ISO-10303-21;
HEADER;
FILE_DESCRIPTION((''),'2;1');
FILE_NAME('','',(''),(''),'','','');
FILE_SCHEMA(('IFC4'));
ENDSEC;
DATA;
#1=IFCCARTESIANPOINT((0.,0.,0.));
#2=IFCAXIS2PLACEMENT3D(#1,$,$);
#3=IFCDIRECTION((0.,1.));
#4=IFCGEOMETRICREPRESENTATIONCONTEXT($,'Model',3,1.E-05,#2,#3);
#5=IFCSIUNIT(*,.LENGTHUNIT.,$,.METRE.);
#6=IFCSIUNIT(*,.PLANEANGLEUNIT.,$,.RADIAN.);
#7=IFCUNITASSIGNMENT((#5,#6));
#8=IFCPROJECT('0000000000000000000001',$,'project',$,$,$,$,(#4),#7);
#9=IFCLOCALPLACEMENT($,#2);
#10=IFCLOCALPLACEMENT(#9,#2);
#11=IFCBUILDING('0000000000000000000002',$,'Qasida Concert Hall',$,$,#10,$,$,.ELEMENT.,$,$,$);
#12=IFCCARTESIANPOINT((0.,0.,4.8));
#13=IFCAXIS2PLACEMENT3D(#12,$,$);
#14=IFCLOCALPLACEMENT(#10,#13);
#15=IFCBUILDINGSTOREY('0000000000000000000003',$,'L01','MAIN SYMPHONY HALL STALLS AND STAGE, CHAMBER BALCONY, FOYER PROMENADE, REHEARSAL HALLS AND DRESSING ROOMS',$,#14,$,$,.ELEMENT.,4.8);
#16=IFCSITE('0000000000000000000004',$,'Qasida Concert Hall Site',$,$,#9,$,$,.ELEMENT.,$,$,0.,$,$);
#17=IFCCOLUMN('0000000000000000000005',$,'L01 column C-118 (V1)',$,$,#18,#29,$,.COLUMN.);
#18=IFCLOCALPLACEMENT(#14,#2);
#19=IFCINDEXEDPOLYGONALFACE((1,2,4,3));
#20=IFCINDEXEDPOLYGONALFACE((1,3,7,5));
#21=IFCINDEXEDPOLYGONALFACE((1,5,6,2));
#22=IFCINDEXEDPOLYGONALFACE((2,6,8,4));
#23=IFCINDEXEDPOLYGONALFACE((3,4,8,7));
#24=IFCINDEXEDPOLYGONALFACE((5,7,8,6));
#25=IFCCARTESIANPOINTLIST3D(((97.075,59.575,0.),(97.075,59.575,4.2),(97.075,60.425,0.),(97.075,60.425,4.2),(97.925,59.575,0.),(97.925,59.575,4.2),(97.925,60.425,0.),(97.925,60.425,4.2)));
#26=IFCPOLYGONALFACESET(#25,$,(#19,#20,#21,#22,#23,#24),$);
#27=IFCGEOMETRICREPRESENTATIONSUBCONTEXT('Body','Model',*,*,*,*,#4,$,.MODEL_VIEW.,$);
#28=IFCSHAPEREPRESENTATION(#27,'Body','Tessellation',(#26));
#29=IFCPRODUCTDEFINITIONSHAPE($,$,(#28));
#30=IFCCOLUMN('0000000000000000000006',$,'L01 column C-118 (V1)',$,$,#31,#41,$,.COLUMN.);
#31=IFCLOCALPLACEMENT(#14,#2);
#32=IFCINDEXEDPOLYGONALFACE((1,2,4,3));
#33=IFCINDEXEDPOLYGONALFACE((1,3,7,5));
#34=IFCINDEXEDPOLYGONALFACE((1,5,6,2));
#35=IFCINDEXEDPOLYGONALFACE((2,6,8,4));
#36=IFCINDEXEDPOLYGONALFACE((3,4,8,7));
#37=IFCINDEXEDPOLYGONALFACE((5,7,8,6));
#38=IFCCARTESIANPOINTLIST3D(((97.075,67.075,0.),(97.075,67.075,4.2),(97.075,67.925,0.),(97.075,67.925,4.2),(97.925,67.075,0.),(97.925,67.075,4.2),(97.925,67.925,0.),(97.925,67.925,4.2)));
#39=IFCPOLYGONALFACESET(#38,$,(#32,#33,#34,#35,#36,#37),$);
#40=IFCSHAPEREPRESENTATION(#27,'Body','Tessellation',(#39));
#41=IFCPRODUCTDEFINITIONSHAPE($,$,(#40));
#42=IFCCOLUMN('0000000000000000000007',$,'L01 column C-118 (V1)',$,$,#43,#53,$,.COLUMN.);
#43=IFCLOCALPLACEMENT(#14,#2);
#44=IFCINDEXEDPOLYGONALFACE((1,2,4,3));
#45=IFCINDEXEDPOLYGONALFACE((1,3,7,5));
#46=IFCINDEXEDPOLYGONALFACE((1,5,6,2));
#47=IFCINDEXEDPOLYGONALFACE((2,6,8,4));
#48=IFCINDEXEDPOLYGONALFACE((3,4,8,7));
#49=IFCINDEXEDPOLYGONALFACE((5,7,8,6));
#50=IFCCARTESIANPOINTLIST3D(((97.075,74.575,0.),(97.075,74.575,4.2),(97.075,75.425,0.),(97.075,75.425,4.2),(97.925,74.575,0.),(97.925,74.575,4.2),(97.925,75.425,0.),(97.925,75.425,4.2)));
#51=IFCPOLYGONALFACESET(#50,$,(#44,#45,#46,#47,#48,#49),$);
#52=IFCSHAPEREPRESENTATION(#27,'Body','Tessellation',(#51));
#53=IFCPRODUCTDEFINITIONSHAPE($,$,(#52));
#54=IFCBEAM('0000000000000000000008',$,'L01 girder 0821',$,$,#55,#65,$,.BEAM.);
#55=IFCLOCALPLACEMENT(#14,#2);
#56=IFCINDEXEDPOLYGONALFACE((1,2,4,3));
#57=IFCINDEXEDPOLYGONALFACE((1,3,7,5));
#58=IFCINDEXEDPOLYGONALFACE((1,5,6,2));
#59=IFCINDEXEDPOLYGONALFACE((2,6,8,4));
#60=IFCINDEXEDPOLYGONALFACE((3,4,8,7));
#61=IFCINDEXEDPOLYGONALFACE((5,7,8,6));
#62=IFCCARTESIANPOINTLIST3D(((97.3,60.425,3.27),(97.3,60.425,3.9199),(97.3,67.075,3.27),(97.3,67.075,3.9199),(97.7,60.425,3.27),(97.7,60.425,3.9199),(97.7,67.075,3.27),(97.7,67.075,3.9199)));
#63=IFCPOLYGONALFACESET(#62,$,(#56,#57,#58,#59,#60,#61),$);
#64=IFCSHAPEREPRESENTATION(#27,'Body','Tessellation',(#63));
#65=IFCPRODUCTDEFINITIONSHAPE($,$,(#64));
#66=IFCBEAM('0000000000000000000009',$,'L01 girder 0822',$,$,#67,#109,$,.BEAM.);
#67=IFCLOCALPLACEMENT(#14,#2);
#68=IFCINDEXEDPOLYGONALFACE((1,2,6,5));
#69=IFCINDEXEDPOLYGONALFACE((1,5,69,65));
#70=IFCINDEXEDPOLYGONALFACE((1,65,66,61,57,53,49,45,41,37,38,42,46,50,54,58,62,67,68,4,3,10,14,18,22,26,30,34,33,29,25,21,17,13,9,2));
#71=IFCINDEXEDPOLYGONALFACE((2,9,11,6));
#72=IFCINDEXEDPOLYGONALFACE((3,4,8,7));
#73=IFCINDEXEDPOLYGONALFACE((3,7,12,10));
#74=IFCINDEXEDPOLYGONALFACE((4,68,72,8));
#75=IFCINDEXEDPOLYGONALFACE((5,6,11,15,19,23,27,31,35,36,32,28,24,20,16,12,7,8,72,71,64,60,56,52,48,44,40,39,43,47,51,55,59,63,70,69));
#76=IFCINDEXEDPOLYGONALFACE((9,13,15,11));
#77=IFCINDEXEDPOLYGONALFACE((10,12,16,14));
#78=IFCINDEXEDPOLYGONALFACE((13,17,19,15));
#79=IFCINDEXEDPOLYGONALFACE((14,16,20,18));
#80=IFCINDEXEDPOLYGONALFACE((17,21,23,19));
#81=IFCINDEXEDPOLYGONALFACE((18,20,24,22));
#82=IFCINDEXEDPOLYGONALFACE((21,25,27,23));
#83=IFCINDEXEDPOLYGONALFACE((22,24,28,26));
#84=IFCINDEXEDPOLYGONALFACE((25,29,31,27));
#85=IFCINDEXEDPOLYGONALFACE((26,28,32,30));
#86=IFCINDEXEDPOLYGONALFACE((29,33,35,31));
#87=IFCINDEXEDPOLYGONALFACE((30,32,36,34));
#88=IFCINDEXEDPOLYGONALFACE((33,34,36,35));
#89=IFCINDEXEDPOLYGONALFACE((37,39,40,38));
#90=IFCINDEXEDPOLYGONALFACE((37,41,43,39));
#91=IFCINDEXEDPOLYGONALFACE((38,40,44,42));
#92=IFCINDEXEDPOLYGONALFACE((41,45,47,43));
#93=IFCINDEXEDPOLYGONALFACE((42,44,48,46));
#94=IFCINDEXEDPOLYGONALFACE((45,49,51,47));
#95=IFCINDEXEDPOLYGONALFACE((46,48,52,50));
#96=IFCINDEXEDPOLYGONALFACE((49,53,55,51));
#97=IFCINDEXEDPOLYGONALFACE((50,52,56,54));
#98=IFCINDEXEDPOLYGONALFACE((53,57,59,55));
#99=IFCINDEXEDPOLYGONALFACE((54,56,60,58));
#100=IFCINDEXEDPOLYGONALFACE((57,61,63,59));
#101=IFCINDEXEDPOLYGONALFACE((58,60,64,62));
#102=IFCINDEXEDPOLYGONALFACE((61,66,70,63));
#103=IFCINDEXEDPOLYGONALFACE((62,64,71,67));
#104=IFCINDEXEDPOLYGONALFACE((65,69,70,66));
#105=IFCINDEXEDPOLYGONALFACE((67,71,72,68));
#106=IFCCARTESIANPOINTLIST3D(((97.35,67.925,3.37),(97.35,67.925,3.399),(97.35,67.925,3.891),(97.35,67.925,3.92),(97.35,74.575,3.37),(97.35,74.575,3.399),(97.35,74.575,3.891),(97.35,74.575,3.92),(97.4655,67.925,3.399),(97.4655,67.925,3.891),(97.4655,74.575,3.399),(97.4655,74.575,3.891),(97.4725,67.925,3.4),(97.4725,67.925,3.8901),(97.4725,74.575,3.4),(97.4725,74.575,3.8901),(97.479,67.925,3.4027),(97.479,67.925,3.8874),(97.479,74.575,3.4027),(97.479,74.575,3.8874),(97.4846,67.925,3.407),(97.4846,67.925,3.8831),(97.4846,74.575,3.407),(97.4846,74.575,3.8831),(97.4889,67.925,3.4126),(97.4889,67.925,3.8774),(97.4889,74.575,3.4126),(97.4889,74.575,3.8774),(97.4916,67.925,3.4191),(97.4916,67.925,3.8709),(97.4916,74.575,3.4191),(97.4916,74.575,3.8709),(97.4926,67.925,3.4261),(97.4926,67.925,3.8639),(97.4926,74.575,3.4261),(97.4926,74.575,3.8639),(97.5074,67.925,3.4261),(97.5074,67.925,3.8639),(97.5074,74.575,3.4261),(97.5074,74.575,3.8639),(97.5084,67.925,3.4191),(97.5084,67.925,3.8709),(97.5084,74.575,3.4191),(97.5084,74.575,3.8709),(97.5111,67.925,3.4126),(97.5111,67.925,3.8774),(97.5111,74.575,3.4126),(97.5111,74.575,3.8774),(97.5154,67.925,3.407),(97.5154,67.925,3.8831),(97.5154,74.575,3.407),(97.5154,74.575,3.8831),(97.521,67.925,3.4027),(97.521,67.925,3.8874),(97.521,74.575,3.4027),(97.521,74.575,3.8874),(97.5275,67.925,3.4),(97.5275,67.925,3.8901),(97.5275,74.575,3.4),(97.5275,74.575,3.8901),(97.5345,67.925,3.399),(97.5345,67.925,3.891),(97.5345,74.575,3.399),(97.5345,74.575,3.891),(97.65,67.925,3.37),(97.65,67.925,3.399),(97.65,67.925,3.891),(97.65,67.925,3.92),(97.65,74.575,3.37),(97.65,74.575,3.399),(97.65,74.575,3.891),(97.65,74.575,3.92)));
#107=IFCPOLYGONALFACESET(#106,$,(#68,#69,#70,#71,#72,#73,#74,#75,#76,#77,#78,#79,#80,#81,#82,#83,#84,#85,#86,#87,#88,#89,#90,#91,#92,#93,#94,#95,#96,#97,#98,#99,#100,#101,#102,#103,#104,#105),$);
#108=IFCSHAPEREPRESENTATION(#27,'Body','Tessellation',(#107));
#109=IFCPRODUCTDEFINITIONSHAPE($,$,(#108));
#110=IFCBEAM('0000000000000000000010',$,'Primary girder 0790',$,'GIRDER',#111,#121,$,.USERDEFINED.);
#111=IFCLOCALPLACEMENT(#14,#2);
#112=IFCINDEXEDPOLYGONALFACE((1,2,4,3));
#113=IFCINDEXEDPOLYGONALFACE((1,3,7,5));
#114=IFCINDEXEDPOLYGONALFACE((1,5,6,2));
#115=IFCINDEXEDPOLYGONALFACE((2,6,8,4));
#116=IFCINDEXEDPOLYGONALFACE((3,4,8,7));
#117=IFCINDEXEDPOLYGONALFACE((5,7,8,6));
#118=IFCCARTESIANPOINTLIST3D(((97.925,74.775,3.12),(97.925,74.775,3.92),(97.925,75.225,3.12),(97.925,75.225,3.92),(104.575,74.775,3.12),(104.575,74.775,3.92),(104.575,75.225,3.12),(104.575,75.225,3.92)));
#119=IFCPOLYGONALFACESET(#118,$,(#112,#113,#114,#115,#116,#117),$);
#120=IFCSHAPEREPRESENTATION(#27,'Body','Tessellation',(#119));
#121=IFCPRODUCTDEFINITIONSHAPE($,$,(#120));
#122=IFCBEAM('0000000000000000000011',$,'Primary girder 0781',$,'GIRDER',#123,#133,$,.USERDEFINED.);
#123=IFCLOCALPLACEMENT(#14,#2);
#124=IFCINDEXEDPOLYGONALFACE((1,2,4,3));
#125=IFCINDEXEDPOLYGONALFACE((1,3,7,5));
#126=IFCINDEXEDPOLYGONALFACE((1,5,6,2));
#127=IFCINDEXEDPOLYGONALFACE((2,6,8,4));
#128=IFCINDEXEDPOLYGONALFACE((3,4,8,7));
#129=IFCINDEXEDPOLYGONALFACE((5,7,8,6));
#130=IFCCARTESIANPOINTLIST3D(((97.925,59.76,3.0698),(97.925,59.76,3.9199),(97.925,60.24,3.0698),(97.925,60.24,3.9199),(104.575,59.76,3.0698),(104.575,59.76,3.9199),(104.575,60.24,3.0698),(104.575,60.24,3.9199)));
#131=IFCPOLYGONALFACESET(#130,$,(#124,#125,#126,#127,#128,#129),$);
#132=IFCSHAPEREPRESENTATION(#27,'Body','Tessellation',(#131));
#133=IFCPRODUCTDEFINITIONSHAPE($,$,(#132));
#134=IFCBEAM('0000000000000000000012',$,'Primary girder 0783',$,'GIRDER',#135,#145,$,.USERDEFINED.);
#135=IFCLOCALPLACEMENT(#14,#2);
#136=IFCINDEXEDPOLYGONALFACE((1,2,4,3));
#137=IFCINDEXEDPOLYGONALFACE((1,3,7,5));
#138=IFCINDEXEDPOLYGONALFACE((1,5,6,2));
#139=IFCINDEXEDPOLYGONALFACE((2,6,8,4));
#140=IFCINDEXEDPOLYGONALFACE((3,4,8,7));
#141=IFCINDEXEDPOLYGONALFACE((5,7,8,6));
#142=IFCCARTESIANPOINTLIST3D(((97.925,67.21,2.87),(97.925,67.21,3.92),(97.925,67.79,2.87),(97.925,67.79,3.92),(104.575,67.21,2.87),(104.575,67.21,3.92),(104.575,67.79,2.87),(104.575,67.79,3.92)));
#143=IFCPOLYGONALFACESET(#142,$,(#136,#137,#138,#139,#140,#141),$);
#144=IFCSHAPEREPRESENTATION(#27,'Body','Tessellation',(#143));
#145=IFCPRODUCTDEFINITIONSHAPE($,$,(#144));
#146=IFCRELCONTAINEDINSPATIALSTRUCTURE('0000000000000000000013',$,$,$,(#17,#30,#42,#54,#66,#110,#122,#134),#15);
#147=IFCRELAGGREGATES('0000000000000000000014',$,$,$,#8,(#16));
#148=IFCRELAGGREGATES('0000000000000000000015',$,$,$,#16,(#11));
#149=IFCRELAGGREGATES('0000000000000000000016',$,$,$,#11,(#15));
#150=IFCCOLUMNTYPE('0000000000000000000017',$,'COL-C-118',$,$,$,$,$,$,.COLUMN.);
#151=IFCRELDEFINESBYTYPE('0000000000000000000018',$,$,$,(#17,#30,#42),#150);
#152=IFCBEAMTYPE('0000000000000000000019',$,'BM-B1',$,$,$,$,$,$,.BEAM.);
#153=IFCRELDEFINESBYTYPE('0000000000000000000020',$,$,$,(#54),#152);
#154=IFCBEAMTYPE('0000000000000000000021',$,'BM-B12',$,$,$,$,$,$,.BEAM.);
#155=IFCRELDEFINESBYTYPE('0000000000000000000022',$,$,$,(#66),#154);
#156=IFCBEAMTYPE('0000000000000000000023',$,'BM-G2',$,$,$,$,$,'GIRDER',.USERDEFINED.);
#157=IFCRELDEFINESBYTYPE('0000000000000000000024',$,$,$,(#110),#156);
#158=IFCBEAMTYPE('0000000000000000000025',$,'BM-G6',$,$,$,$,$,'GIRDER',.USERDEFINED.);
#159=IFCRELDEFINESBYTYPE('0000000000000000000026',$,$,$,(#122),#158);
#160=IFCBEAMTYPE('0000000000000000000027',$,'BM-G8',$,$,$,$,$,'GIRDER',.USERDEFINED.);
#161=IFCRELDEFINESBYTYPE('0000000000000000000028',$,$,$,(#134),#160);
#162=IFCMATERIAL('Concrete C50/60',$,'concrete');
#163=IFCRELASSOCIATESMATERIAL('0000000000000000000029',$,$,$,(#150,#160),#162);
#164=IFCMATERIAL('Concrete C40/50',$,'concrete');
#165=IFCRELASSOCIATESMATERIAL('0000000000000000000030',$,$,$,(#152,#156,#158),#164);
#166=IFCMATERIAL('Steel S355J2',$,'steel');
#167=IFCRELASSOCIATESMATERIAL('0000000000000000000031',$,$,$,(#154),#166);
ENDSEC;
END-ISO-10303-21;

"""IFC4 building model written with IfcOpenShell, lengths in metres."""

from ifc_helpers import new_model, si_unit, direction, frame, origin, origin_2d, place, context, subcontext, project, spatial, rectangle, i_section, extrude, material, material_profile, profile_set, type_object, element, save


model = new_model("IFC4")

# Units and contexts
model_context = context("Model", 3, precision=1e-05, world=origin(), true_north=direction((0.0, 1.0)))
body_context = subcontext(model_context, "Body", "Model", "MODEL_VIEW")
ifc_project = project(units=[si_unit("LENGTHUNIT", "METRE"), si_unit("PLANEANGLEUNIT", "RADIAN")], contexts=[model_context])

# Site, building, storey
site_placement = place(None, origin())
site = spatial("IfcSite", under=ifc_project, at=site_placement, Name="Qasida Concert Hall Site", CompositionType="ELEMENT", RefElevation=0.0)
building_placement = place(site_placement, origin())
building = spatial("IfcBuilding", under=site, at=building_placement, Name="Qasida Concert Hall", CompositionType="ELEMENT")
storey_placement = place(building_placement, frame((0.0, 0.0, 4.8)))
storey = spatial("IfcBuildingStorey", under=building, at=storey_placement, Name="L01", Description="MAIN SYMPHONY HALL STALLS AND STAGE, CHAMBER BALCONY, FOYER PROMENADE, REHEARSAL HALLS AND DRESSING ROOMS", CompositionType="ELEMENT", Elevation=4.8)

# Columns
ifc_material_1 = material(Name="Concrete C50/60", Category="concrete")
ifc_material_profile_1 = material_profile(ifc_material_1, rectangle(XDim=0.8501, YDim=0.8501, at=origin_2d()), Name="RC 850x850")
ifc_profile_set_1 = profile_set([ifc_material_profile_1], Name="Concrete C50/60")
column_type = type_object("IfcColumnType", Name="COL-C-118", PredefinedType="COLUMN", material=ifc_profile_set_1)
for number, where, z_axis, x_axis, name in (
    (1, (97.5, 60.0, 0.0), (0.0, 0.0, 1.0), (1.0, 0.0, 0.0), "L01 column C-118 (V1)"),
    (2, (97.5, 67.5, 0.0), (0.0, 0.0, 1.0), (1.0, 0.0, 0.0), "L01 column C-118 (V1)"),
    (3, (97.5, 75.0, 0.0), (0.0, 0.0, 1.0), (1.0, 0.0, 0.0), "L01 column C-118 (V1)"),
):
    element("IfcColumn", number, at=place(storey_placement, frame(where, z_axis=z_axis, x_axis=x_axis)), inside=storey, type_object=column_type, Name=name, PredefinedType="COLUMN", context=body_context, shape_type="SweptSolid", body=[
        extrude(rectangle(XDim=0.8501, YDim=0.8501, at=origin_2d()), origin(), (0.0, 0.0, 1.0), 4.2),
    ])

# Beams
ifc_material_2 = material(Name="Concrete C40/50", Category="concrete")
ifc_material_profile_2 = material_profile(ifc_material_2, rectangle(XDim=0.3999, YDim=0.6499, at=origin_2d()), Name="RC 400x650")
ifc_profile_set_2 = profile_set([ifc_material_profile_2], Name="Concrete C40/50")
beam_type_1 = type_object("IfcBeamType", Name="BM-B1", PredefinedType="BEAM", material=ifc_profile_set_2)
beam_1_placement = place(storey_placement, frame((97.5, 60.425, 3.595), z_axis=(0.0, 1.0, 0.0), x_axis=(-1.0, 0.0, 0.0)))
element("IfcBeam", 4, at=beam_1_placement, inside=storey, type_object=beam_type_1, Name="L01 girder 0821", PredefinedType="BEAM", context=body_context, shape_type="SweptSolid", body=[
    extrude(rectangle(XDim=0.3999, YDim=0.6499, at=origin_2d()), origin(), (0.0, 0.0, 1.0), 6.6499),
])
ifc_material_3 = material(Name="Steel S355J2", Category="steel")
ifc_material_profile_3 = material_profile(ifc_material_3, i_section(OverallWidth=0.3, OverallDepth=0.55, WebThickness=0.0149, FlangeThickness=0.0291, FilletRadius=0.0271, at=origin_2d()), Name="HEB 550")
ifc_profile_set_3 = profile_set([ifc_material_profile_3], Name="Steel S355J2")
beam_type_2 = type_object("IfcBeamType", Name="BM-B12", PredefinedType="BEAM", material=ifc_profile_set_3)
beam_2_placement = place(storey_placement, frame((97.5, 67.925, 3.645), z_axis=(0.0, 1.0, 0.0), x_axis=(-1.0, 0.0, 0.0)))
element("IfcBeam", 5, at=beam_2_placement, inside=storey, type_object=beam_type_2, Name="L01 girder 0822", PredefinedType="BEAM", context=body_context, shape_type="SweptSolid", body=[
    extrude(i_section(OverallWidth=0.3, OverallDepth=0.55, WebThickness=0.0149, FlangeThickness=0.0291, FilletRadius=0.0271, at=origin_2d()), origin(), (0.0, 0.0, 1.0), 6.6499),
])
ifc_material_profile_4 = material_profile(ifc_material_2, rectangle(XDim=0.45, YDim=0.8, at=origin_2d()), Name="RC 450x800")
ifc_profile_set_4 = profile_set([ifc_material_profile_4], Name="Concrete C40/50")
beam_type_3 = type_object("IfcBeamType", Name="BM-G2", ElementType="GIRDER", PredefinedType="USERDEFINED", material=ifc_profile_set_4)
beam_3_placement = place(storey_placement, frame((97.925, 75.0, 3.52), z_axis=(1.0, 0.0, 0.0), x_axis=(0.0, 1.0, 0.0)))
element("IfcBeam", 6, at=beam_3_placement, inside=storey, type_object=beam_type_3, Name="Primary girder 0790", ObjectType="GIRDER", PredefinedType="USERDEFINED", context=body_context, shape_type="SweptSolid", body=[
    extrude(rectangle(XDim=0.45, YDim=0.8, at=origin_2d()), origin(), (0.0, 0.0, 1.0), 6.6499),
])
ifc_material_profile_5 = material_profile(ifc_material_2, rectangle(XDim=0.48, YDim=0.8501, at=origin_2d()), Name="RC 480x850")
ifc_profile_set_5 = profile_set([ifc_material_profile_5], Name="Concrete C40/50")
beam_type_4 = type_object("IfcBeamType", Name="BM-G6", ElementType="GIRDER", PredefinedType="USERDEFINED", material=ifc_profile_set_5)
beam_4_placement = place(storey_placement, frame((97.925, 60.0, 3.4949), z_axis=(1.0, 0.0, 0.0), x_axis=(0.0, 1.0, 0.0)))
element("IfcBeam", 7, at=beam_4_placement, inside=storey, type_object=beam_type_4, Name="Primary girder 0781", ObjectType="GIRDER", PredefinedType="USERDEFINED", context=body_context, shape_type="SweptSolid", body=[
    extrude(rectangle(XDim=0.48, YDim=0.8501, at=origin_2d()), origin(), (0.0, 0.0, 1.0), 6.6499),
])
ifc_material_profile_6 = material_profile(ifc_material_1, rectangle(XDim=0.5801, YDim=1.05, at=origin_2d()), Name="RC 580x1050")
ifc_profile_set_6 = profile_set([ifc_material_profile_6], Name="Concrete C50/60")
beam_type_5 = type_object("IfcBeamType", Name="BM-G8", ElementType="GIRDER", PredefinedType="USERDEFINED", material=ifc_profile_set_6)
beam_5_placement = place(storey_placement, frame((97.925, 67.5, 3.395), z_axis=(1.0, 0.0, 0.0), x_axis=(0.0, 1.0, 0.0)))
element("IfcBeam", 8, at=beam_5_placement, inside=storey, type_object=beam_type_5, Name="Primary girder 0783", ObjectType="GIRDER", PredefinedType="USERDEFINED", context=body_context, shape_type="SweptSolid", body=[
    extrude(rectangle(XDim=0.5801, YDim=1.05, at=origin_2d()), origin(), (0.0, 0.0, 1.0), 6.6499),
])

save(model, "model.ifc")
